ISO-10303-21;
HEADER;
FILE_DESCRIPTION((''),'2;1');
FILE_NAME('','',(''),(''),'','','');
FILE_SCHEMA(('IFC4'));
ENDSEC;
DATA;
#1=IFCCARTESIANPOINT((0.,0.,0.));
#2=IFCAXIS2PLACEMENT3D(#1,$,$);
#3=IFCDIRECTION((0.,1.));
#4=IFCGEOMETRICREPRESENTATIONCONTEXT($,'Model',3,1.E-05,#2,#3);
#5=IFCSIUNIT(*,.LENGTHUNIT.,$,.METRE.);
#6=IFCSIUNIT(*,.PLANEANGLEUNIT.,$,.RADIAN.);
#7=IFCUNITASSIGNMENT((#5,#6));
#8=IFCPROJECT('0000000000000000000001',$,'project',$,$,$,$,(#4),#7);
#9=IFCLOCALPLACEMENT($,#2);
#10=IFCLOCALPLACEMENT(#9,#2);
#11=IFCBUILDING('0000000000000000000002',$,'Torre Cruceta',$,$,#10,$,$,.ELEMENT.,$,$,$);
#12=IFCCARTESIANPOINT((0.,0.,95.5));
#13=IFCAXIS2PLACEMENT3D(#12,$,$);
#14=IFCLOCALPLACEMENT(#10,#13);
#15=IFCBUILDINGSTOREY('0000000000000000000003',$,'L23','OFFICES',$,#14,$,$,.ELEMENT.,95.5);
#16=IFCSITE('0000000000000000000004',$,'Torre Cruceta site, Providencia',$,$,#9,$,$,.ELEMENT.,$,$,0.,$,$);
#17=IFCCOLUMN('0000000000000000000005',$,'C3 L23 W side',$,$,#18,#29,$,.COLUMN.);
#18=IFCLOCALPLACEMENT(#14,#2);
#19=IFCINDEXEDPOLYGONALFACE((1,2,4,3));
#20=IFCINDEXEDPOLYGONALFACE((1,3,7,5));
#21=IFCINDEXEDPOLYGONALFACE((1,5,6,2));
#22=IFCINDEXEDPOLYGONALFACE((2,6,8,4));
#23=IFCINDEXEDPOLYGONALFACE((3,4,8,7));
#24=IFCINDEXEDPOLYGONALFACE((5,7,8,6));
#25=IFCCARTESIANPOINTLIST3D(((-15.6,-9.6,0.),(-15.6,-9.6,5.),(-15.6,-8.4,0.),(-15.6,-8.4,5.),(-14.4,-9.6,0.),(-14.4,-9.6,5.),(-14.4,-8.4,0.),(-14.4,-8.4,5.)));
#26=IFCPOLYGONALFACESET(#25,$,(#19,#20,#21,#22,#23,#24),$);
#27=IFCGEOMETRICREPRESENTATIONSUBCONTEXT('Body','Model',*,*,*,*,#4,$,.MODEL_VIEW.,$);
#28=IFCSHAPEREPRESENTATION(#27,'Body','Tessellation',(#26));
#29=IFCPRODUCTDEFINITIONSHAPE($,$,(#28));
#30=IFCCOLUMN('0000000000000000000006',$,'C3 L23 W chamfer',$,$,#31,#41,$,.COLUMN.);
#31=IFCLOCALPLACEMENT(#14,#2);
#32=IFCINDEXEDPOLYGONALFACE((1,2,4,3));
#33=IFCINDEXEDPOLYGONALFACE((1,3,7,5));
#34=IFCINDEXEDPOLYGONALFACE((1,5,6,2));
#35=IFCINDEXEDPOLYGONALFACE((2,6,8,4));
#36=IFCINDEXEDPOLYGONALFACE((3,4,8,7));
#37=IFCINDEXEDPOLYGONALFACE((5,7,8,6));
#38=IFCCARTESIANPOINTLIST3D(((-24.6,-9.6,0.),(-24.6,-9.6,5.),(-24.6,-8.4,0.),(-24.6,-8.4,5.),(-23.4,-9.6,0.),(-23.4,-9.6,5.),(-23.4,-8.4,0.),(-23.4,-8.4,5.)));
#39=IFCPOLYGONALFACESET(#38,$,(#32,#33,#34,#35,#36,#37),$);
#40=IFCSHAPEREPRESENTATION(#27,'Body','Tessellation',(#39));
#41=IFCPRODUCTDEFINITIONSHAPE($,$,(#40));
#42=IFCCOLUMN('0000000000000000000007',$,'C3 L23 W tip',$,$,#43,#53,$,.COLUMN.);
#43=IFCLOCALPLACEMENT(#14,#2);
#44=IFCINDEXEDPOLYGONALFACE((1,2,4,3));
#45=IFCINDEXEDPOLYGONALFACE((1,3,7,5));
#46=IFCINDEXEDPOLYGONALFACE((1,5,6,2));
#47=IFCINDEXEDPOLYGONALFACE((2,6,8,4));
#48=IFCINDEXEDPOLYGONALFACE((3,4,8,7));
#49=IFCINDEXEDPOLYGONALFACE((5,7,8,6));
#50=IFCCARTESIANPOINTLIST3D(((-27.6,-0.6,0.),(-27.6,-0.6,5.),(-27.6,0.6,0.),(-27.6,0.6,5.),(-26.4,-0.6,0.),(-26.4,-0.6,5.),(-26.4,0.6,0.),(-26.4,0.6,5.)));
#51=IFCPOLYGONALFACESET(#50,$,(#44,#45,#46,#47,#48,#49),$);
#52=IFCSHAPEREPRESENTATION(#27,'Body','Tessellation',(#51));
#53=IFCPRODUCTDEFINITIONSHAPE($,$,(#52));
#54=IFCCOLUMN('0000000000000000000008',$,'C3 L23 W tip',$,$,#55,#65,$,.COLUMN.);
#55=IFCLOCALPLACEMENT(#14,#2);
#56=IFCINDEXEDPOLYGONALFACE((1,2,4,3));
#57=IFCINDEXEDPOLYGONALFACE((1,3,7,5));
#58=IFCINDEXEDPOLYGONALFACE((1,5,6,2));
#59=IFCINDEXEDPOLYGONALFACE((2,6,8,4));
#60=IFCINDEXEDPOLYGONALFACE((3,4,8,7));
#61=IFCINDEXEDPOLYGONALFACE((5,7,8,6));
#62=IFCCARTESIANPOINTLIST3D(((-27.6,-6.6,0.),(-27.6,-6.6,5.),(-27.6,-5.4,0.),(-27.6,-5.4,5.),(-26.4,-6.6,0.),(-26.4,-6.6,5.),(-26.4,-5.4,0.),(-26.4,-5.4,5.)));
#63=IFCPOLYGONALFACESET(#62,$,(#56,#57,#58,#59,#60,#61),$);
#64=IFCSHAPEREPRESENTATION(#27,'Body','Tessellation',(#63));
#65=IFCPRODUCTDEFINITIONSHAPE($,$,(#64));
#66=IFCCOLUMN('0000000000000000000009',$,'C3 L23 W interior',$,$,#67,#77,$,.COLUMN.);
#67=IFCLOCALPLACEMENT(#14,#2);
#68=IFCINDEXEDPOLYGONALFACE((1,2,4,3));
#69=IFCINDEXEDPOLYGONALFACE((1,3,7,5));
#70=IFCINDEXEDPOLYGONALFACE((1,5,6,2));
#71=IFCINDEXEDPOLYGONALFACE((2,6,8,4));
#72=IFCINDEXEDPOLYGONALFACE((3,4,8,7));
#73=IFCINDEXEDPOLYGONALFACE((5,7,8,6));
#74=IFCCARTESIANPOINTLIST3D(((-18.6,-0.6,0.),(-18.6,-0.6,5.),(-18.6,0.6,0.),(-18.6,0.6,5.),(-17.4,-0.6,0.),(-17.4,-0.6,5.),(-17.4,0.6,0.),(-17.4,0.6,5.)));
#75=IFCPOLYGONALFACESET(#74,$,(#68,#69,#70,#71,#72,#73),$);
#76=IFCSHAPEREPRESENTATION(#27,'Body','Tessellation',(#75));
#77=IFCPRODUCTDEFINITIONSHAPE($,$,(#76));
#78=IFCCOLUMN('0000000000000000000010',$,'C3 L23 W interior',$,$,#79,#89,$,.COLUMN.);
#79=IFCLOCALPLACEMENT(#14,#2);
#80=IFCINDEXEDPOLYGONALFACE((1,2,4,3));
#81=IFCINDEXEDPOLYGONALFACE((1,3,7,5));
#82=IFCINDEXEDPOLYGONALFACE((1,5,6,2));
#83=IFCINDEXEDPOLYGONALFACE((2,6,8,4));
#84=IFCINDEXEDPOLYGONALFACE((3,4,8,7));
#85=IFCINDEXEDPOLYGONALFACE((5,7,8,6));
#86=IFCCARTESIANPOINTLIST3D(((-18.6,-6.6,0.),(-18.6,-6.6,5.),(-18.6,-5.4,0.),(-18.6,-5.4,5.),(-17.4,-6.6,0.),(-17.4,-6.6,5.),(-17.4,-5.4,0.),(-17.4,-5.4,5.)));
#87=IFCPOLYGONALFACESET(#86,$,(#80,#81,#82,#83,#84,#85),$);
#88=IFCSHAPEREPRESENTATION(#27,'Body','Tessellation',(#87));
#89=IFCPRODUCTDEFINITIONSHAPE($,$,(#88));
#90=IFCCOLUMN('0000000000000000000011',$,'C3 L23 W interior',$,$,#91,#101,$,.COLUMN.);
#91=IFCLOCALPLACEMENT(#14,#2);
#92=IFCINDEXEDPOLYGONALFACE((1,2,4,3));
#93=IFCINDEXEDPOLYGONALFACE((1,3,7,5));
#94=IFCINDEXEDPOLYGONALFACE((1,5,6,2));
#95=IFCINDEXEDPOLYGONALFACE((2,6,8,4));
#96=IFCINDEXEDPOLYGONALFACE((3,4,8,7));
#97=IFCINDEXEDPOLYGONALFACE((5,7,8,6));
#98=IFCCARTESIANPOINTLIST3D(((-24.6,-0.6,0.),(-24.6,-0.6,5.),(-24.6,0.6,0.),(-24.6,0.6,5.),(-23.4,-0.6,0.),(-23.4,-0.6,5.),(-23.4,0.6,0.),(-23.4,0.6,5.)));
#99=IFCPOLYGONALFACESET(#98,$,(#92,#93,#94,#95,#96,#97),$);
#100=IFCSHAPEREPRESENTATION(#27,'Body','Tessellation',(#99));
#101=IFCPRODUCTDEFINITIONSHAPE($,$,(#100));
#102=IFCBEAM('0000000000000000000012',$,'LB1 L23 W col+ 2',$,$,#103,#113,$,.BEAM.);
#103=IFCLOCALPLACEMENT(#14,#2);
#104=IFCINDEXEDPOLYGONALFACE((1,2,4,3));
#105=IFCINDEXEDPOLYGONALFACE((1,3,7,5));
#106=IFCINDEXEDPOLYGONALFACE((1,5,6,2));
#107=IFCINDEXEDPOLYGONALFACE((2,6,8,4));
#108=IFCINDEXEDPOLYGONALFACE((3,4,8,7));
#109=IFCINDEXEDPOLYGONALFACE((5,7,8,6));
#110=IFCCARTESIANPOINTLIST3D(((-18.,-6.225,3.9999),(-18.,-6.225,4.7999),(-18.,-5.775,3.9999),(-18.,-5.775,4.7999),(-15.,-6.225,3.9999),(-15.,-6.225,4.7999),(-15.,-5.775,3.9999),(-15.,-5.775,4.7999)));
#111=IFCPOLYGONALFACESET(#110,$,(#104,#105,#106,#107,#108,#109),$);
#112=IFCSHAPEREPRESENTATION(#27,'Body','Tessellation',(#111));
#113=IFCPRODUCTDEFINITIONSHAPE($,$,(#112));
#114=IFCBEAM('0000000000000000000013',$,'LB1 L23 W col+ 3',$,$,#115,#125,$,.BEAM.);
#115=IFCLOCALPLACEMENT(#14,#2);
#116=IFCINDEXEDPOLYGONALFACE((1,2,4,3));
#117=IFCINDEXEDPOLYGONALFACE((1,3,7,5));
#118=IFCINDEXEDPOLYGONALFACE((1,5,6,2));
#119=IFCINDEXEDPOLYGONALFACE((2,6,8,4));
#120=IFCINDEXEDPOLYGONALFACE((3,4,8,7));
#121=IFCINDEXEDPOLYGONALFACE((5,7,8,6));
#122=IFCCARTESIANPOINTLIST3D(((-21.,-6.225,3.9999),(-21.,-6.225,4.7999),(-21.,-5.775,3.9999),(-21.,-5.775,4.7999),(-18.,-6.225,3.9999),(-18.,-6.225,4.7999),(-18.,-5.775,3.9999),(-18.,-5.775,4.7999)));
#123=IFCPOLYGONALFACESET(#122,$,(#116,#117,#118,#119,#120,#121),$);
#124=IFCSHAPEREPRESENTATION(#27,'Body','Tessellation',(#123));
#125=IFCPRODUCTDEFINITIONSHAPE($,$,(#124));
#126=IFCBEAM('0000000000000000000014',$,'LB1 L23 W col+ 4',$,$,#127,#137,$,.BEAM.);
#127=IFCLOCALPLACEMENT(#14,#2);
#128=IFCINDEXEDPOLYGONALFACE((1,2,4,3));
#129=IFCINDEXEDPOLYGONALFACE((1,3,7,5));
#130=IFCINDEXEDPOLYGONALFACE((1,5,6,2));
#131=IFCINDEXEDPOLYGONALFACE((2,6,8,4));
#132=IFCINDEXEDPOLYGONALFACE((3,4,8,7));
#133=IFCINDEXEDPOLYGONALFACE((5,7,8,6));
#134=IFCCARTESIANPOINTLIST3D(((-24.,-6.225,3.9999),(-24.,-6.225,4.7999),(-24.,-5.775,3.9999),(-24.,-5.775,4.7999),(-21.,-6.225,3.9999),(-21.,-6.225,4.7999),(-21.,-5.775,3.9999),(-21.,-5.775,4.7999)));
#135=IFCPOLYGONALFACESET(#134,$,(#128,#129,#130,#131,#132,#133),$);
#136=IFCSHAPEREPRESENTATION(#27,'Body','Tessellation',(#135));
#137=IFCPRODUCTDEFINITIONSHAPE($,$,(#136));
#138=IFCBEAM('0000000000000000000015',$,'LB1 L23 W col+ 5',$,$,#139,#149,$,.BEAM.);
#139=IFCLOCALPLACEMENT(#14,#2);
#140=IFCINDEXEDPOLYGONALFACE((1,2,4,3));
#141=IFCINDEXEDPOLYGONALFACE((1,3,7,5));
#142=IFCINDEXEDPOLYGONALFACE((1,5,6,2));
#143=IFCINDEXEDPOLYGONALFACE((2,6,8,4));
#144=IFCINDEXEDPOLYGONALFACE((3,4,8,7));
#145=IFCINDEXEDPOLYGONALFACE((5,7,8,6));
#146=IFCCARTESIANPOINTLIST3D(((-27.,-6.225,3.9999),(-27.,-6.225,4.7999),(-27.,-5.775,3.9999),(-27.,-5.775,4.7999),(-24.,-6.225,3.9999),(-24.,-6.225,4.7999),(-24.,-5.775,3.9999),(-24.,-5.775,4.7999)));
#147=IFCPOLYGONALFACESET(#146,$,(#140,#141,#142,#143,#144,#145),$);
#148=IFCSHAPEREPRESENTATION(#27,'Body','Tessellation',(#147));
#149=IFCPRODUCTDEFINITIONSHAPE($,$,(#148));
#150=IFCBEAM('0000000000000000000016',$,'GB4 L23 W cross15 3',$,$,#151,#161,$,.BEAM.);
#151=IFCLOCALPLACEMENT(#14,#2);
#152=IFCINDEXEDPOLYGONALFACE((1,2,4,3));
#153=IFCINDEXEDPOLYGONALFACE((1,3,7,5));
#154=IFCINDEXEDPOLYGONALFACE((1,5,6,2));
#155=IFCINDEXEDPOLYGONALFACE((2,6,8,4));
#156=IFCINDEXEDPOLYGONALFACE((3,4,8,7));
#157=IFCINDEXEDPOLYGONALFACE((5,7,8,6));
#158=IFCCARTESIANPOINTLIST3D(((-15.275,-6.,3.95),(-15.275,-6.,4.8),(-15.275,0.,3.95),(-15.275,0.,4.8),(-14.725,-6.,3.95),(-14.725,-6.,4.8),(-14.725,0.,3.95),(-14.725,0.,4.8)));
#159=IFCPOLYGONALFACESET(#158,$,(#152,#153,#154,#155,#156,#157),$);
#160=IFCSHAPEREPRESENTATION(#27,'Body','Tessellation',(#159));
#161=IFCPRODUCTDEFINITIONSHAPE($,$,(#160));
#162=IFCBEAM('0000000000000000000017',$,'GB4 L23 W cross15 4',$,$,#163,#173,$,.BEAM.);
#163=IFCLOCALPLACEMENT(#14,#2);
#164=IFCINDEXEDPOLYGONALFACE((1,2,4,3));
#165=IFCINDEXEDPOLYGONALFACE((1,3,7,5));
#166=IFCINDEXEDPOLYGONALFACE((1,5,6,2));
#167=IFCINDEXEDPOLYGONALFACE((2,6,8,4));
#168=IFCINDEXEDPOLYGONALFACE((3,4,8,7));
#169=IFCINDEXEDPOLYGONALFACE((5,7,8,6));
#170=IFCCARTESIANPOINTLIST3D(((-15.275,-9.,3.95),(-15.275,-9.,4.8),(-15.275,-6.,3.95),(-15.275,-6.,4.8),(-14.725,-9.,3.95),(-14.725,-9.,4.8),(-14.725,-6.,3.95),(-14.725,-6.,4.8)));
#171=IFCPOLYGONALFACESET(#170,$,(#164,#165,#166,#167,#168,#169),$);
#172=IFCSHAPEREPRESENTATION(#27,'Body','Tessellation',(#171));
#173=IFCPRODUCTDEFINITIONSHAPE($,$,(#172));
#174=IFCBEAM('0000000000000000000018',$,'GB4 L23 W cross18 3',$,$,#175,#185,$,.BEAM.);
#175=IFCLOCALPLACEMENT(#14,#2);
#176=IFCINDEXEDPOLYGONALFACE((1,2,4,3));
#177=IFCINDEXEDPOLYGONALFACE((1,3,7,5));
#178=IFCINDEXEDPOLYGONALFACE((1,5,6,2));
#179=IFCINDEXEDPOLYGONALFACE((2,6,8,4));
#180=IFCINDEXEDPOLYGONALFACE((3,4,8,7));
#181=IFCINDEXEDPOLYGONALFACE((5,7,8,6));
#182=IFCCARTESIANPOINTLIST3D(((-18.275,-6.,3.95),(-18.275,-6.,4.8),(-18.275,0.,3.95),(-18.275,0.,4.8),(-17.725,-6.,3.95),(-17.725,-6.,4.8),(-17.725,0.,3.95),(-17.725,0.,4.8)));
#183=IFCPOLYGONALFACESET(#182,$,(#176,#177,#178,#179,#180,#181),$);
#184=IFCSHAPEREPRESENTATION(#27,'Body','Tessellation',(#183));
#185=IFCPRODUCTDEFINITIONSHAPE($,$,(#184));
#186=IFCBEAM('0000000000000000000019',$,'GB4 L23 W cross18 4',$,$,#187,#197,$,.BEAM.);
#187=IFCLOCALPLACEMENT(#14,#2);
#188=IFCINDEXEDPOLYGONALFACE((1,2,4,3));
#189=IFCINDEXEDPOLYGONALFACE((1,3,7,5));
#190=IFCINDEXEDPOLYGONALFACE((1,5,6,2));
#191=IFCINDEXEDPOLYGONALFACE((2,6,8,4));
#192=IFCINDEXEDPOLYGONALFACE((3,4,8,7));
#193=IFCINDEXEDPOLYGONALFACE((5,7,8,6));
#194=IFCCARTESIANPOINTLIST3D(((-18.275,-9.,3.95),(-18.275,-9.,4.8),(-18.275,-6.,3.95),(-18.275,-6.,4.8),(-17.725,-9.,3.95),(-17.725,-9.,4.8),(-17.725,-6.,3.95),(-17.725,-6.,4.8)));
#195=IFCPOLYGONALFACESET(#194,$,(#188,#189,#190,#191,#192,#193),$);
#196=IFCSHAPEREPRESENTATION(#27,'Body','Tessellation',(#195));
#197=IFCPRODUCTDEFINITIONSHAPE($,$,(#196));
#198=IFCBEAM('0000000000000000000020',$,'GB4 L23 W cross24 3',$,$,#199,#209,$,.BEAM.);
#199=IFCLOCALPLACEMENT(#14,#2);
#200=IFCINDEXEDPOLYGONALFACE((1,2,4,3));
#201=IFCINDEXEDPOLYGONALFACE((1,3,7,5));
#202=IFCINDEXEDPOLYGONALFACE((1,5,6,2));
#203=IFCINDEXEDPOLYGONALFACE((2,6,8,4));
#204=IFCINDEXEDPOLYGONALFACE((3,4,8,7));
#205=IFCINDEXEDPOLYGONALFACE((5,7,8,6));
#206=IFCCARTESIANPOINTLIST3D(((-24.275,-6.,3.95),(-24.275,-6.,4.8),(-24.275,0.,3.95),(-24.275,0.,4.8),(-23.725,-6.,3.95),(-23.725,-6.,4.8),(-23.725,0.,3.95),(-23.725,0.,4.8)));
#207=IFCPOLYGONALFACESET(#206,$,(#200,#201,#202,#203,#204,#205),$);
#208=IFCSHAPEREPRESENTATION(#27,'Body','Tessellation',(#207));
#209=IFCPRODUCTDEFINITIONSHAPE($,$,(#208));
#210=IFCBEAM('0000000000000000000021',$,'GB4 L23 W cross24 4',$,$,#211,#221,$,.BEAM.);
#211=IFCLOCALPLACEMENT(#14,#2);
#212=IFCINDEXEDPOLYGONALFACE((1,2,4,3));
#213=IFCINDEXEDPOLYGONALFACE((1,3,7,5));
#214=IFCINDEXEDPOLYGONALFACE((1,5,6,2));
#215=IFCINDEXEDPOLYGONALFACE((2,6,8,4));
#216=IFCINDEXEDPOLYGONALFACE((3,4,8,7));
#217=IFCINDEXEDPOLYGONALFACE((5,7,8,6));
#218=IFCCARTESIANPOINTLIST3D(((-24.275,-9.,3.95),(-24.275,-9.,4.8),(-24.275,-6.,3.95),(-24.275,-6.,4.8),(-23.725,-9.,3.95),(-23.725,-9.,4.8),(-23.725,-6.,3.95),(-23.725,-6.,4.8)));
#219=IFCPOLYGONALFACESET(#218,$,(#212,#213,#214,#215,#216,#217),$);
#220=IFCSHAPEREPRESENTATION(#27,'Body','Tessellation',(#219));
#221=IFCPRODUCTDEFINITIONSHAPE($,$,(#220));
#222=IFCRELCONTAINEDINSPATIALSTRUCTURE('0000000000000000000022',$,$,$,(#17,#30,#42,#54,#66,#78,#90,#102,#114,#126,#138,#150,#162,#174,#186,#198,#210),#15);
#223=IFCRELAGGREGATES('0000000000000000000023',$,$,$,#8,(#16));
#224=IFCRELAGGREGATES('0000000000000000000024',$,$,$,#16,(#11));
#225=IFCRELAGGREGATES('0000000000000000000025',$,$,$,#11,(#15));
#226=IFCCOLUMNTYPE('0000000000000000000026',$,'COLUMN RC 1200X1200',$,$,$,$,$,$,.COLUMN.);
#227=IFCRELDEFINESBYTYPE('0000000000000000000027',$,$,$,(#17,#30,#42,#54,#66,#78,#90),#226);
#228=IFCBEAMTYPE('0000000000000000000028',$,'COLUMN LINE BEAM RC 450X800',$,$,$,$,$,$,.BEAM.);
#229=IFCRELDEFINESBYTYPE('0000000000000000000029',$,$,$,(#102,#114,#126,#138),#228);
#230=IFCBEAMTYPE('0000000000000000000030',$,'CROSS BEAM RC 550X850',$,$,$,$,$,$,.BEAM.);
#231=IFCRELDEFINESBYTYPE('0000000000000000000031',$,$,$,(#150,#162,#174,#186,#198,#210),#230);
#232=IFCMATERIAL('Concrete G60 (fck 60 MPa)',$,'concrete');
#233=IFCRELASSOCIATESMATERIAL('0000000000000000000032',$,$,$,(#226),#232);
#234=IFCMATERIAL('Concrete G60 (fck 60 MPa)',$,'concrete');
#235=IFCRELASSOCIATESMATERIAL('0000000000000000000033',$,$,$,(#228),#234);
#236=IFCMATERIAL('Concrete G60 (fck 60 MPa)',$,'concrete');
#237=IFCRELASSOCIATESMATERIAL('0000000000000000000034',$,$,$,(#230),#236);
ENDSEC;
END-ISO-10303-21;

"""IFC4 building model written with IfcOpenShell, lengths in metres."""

from ifc_helpers import new_model, si_unit, direction, frame, origin, origin_2d, place, context, subcontext, project, spatial, rectangle, extrude, material, material_profile, profile_set, type_object, element, save


model = new_model("IFC4")

# Units and contexts
model_context = context("Model", 3, precision=1e-05, world=origin(), true_north=direction((0.0, 1.0)))
body_context = subcontext(model_context, "Body", "Model", "MODEL_VIEW")
ifc_project = project(units=[si_unit("LENGTHUNIT", "METRE"), si_unit("PLANEANGLEUNIT", "RADIAN")], contexts=[model_context])

# Site, building, storey
site_placement = place(None, origin())
site = spatial("IfcSite", under=ifc_project, at=site_placement, Name="Torre Cruceta site, Providencia", CompositionType="ELEMENT", RefElevation=0.0)
building_placement = place(site_placement, origin())
building = spatial("IfcBuilding", under=site, at=building_placement, Name="Torre Cruceta", CompositionType="ELEMENT")
storey_placement = place(building_placement, frame((0.0, 0.0, 95.5)))
storey = spatial("IfcBuildingStorey", under=building, at=storey_placement, Name="L23", Description="OFFICES", CompositionType="ELEMENT", Elevation=95.5)

# Columns
ifc_material_1 = material(Name="Concrete G60 (fck 60 MPa)", Category="concrete")
ifc_material_profile_1 = material_profile(ifc_material_1, rectangle(XDim=1.2, YDim=1.2, at=origin_2d()), Name="RC 1200X1200")
ifc_profile_set_1 = profile_set([ifc_material_profile_1], Name="Concrete G60 (fck 60 MPa)")
column_type = type_object("IfcColumnType", Name="COLUMN RC 1200X1200", PredefinedType="COLUMN", material=ifc_profile_set_1)
for number, where, z_axis, x_axis, name in (
    (1, (-15.0, -9.0, 0.0), (0.0, 0.0, 1.0), (1.0, 0.0, 0.0), "C3 L23 W side"),
    (2, (-24.0, -9.0, 0.0), (0.0, 0.0, 1.0), (1.0, 0.0, 0.0), "C3 L23 W chamfer"),
    (3, (-27.0, 0.0, 0.0), (0.0, 0.0, 1.0), (1.0, 0.0, 0.0), "C3 L23 W tip"),
    (4, (-27.0, -6.0, 0.0), (0.0, 0.0, 1.0), (1.0, 0.0, 0.0), "C3 L23 W tip"),
    (5, (-18.0, 0.0, 0.0), (0.0, 0.0, 1.0), (1.0, 0.0, 0.0), "C3 L23 W interior"),
    (6, (-18.0, -6.0, 0.0), (0.0, 0.0, 1.0), (1.0, 0.0, 0.0), "C3 L23 W interior"),
    (7, (-24.0, 0.0, 0.0), (0.0, 0.0, 1.0), (1.0, 0.0, 0.0), "C3 L23 W interior"),
):
    element("IfcColumn", number, at=place(storey_placement, frame(where, z_axis=z_axis, x_axis=x_axis)), inside=storey, type_object=column_type, Name=name, PredefinedType="COLUMN", context=body_context, shape_type="SweptSolid", body=[
        extrude(rectangle(XDim=1.2, YDim=1.2, at=origin_2d()), origin(), (0.0, 0.0, 1.0), 5.0),
    ])

# Beams
ifc_material_2 = material(Name="Concrete G60 (fck 60 MPa)", Category="concrete")
ifc_material_profile_2 = material_profile(ifc_material_2, rectangle(XDim=0.45, YDim=0.8, at=origin_2d()), Name="RC 450X800")
ifc_profile_set_2 = profile_set([ifc_material_profile_2], Name="Concrete G60 (fck 60 MPa)")
beam_type_1 = type_object("IfcBeamType", Name="COLUMN LINE BEAM RC 450X800", PredefinedType="BEAM", material=ifc_profile_set_2)
for number, where, z_axis, x_axis, name in (
    (8, (-15.0, -6.0, 4.3999), (-1.0, 0.0, 0.0), (0.0, -1.0, 0.0), "LB1 L23 W col+ 2"),
    (9, (-18.0, -6.0, 4.3999), (-1.0, 0.0, 0.0), (0.0, -1.0, 0.0), "LB1 L23 W col+ 3"),
    (10, (-21.0, -6.0, 4.3999), (-1.0, 0.0, 0.0), (0.0, -1.0, 0.0), "LB1 L23 W col+ 4"),
    (11, (-24.0, -6.0, 4.3999), (-1.0, 0.0, 0.0), (0.0, -1.0, 0.0), "LB1 L23 W col+ 5"),
):
    element("IfcBeam", number, at=place(storey_placement, frame(where, z_axis=z_axis, x_axis=x_axis)), inside=storey, type_object=beam_type_1, Name=name, PredefinedType="BEAM", context=body_context, shape_type="SweptSolid", body=[
        extrude(rectangle(XDim=0.45, YDim=0.8, at=origin_2d()), origin(), (0.0, 0.0, 1.0), 3.0),
    ])
ifc_material_3 = material(Name="Concrete G60 (fck 60 MPa)", Category="concrete")
ifc_material_profile_3 = material_profile(ifc_material_3, rectangle(XDim=0.55, YDim=0.8501, at=origin_2d()), Name="RC 550X850")
ifc_profile_set_3 = profile_set([ifc_material_profile_3], Name="Concrete G60 (fck 60 MPa)")
beam_type_2 = type_object("IfcBeamType", Name="CROSS BEAM RC 550X850", PredefinedType="BEAM", material=ifc_profile_set_3)
beam_1_placement = place(storey_placement, frame((-15.0, 0.0, 4.375), z_axis=(0.0, -1.0, 0.0), x_axis=(1.0, 0.0, 0.0)))
element("IfcBeam", 12, at=beam_1_placement, inside=storey, type_object=beam_type_2, Name="GB4 L23 W cross15 3", PredefinedType="BEAM", context=body_context, shape_type="SweptSolid", body=[
    extrude(rectangle(XDim=0.55, YDim=0.8501, at=origin_2d()), origin(), (0.0, 0.0, 1.0), 6.0),
])
beam_2_placement = place(storey_placement, frame((-15.0, -6.0, 4.375), z_axis=(0.0, -1.0, 0.0), x_axis=(1.0, 0.0, 0.0)))
element("IfcBeam", 13, at=beam_2_placement, inside=storey, type_object=beam_type_2, Name="GB4 L23 W cross15 4", PredefinedType="BEAM", context=body_context, shape_type="SweptSolid", body=[
    extrude(rectangle(XDim=0.55, YDim=0.8501, at=origin_2d()), origin(), (0.0, 0.0, 1.0), 3.0),
])
beam_3_placement = place(storey_placement, frame((-18.0, 0.0, 4.375), z_axis=(0.0, -1.0, 0.0), x_axis=(1.0, 0.0, 0.0)))
element("IfcBeam", 14, at=beam_3_placement, inside=storey, type_object=beam_type_2, Name="GB4 L23 W cross18 3", PredefinedType="BEAM", context=body_context, shape_type="SweptSolid", body=[
    extrude(rectangle(XDim=0.55, YDim=0.8501, at=origin_2d()), origin(), (0.0, 0.0, 1.0), 6.0),
])
beam_4_placement = place(storey_placement, frame((-18.0, -6.0, 4.375), z_axis=(0.0, -1.0, 0.0), x_axis=(1.0, 0.0, 0.0)))
element("IfcBeam", 15, at=beam_4_placement, inside=storey, type_object=beam_type_2, Name="GB4 L23 W cross18 4", PredefinedType="BEAM", context=body_context, shape_type="SweptSolid", body=[
    extrude(rectangle(XDim=0.55, YDim=0.8501, at=origin_2d()), origin(), (0.0, 0.0, 1.0), 3.0),
])
beam_5_placement = place(storey_placement, frame((-24.0, 0.0, 4.375), z_axis=(0.0, -1.0, 0.0), x_axis=(1.0, 0.0, 0.0)))
element("IfcBeam", 16, at=beam_5_placement, inside=storey, type_object=beam_type_2, Name="GB4 L23 W cross24 3", PredefinedType="BEAM", context=body_context, shape_type="SweptSolid", body=[
    extrude(rectangle(XDim=0.55, YDim=0.8501, at=origin_2d()), origin(), (0.0, 0.0, 1.0), 6.0),
])
beam_6_placement = place(storey_placement, frame((-24.0, -6.0, 4.375), z_axis=(0.0, -1.0, 0.0), x_axis=(1.0, 0.0, 0.0)))
element("IfcBeam", 17, at=beam_6_placement, inside=storey, type_object=beam_type_2, Name="GB4 L23 W cross24 4", PredefinedType="BEAM", context=body_context, shape_type="SweptSolid", body=[
    extrude(rectangle(XDim=0.55, YDim=0.8501, at=origin_2d()), origin(), (0.0, 0.0, 1.0), 3.0),
])

save(model, "model.ifc")
